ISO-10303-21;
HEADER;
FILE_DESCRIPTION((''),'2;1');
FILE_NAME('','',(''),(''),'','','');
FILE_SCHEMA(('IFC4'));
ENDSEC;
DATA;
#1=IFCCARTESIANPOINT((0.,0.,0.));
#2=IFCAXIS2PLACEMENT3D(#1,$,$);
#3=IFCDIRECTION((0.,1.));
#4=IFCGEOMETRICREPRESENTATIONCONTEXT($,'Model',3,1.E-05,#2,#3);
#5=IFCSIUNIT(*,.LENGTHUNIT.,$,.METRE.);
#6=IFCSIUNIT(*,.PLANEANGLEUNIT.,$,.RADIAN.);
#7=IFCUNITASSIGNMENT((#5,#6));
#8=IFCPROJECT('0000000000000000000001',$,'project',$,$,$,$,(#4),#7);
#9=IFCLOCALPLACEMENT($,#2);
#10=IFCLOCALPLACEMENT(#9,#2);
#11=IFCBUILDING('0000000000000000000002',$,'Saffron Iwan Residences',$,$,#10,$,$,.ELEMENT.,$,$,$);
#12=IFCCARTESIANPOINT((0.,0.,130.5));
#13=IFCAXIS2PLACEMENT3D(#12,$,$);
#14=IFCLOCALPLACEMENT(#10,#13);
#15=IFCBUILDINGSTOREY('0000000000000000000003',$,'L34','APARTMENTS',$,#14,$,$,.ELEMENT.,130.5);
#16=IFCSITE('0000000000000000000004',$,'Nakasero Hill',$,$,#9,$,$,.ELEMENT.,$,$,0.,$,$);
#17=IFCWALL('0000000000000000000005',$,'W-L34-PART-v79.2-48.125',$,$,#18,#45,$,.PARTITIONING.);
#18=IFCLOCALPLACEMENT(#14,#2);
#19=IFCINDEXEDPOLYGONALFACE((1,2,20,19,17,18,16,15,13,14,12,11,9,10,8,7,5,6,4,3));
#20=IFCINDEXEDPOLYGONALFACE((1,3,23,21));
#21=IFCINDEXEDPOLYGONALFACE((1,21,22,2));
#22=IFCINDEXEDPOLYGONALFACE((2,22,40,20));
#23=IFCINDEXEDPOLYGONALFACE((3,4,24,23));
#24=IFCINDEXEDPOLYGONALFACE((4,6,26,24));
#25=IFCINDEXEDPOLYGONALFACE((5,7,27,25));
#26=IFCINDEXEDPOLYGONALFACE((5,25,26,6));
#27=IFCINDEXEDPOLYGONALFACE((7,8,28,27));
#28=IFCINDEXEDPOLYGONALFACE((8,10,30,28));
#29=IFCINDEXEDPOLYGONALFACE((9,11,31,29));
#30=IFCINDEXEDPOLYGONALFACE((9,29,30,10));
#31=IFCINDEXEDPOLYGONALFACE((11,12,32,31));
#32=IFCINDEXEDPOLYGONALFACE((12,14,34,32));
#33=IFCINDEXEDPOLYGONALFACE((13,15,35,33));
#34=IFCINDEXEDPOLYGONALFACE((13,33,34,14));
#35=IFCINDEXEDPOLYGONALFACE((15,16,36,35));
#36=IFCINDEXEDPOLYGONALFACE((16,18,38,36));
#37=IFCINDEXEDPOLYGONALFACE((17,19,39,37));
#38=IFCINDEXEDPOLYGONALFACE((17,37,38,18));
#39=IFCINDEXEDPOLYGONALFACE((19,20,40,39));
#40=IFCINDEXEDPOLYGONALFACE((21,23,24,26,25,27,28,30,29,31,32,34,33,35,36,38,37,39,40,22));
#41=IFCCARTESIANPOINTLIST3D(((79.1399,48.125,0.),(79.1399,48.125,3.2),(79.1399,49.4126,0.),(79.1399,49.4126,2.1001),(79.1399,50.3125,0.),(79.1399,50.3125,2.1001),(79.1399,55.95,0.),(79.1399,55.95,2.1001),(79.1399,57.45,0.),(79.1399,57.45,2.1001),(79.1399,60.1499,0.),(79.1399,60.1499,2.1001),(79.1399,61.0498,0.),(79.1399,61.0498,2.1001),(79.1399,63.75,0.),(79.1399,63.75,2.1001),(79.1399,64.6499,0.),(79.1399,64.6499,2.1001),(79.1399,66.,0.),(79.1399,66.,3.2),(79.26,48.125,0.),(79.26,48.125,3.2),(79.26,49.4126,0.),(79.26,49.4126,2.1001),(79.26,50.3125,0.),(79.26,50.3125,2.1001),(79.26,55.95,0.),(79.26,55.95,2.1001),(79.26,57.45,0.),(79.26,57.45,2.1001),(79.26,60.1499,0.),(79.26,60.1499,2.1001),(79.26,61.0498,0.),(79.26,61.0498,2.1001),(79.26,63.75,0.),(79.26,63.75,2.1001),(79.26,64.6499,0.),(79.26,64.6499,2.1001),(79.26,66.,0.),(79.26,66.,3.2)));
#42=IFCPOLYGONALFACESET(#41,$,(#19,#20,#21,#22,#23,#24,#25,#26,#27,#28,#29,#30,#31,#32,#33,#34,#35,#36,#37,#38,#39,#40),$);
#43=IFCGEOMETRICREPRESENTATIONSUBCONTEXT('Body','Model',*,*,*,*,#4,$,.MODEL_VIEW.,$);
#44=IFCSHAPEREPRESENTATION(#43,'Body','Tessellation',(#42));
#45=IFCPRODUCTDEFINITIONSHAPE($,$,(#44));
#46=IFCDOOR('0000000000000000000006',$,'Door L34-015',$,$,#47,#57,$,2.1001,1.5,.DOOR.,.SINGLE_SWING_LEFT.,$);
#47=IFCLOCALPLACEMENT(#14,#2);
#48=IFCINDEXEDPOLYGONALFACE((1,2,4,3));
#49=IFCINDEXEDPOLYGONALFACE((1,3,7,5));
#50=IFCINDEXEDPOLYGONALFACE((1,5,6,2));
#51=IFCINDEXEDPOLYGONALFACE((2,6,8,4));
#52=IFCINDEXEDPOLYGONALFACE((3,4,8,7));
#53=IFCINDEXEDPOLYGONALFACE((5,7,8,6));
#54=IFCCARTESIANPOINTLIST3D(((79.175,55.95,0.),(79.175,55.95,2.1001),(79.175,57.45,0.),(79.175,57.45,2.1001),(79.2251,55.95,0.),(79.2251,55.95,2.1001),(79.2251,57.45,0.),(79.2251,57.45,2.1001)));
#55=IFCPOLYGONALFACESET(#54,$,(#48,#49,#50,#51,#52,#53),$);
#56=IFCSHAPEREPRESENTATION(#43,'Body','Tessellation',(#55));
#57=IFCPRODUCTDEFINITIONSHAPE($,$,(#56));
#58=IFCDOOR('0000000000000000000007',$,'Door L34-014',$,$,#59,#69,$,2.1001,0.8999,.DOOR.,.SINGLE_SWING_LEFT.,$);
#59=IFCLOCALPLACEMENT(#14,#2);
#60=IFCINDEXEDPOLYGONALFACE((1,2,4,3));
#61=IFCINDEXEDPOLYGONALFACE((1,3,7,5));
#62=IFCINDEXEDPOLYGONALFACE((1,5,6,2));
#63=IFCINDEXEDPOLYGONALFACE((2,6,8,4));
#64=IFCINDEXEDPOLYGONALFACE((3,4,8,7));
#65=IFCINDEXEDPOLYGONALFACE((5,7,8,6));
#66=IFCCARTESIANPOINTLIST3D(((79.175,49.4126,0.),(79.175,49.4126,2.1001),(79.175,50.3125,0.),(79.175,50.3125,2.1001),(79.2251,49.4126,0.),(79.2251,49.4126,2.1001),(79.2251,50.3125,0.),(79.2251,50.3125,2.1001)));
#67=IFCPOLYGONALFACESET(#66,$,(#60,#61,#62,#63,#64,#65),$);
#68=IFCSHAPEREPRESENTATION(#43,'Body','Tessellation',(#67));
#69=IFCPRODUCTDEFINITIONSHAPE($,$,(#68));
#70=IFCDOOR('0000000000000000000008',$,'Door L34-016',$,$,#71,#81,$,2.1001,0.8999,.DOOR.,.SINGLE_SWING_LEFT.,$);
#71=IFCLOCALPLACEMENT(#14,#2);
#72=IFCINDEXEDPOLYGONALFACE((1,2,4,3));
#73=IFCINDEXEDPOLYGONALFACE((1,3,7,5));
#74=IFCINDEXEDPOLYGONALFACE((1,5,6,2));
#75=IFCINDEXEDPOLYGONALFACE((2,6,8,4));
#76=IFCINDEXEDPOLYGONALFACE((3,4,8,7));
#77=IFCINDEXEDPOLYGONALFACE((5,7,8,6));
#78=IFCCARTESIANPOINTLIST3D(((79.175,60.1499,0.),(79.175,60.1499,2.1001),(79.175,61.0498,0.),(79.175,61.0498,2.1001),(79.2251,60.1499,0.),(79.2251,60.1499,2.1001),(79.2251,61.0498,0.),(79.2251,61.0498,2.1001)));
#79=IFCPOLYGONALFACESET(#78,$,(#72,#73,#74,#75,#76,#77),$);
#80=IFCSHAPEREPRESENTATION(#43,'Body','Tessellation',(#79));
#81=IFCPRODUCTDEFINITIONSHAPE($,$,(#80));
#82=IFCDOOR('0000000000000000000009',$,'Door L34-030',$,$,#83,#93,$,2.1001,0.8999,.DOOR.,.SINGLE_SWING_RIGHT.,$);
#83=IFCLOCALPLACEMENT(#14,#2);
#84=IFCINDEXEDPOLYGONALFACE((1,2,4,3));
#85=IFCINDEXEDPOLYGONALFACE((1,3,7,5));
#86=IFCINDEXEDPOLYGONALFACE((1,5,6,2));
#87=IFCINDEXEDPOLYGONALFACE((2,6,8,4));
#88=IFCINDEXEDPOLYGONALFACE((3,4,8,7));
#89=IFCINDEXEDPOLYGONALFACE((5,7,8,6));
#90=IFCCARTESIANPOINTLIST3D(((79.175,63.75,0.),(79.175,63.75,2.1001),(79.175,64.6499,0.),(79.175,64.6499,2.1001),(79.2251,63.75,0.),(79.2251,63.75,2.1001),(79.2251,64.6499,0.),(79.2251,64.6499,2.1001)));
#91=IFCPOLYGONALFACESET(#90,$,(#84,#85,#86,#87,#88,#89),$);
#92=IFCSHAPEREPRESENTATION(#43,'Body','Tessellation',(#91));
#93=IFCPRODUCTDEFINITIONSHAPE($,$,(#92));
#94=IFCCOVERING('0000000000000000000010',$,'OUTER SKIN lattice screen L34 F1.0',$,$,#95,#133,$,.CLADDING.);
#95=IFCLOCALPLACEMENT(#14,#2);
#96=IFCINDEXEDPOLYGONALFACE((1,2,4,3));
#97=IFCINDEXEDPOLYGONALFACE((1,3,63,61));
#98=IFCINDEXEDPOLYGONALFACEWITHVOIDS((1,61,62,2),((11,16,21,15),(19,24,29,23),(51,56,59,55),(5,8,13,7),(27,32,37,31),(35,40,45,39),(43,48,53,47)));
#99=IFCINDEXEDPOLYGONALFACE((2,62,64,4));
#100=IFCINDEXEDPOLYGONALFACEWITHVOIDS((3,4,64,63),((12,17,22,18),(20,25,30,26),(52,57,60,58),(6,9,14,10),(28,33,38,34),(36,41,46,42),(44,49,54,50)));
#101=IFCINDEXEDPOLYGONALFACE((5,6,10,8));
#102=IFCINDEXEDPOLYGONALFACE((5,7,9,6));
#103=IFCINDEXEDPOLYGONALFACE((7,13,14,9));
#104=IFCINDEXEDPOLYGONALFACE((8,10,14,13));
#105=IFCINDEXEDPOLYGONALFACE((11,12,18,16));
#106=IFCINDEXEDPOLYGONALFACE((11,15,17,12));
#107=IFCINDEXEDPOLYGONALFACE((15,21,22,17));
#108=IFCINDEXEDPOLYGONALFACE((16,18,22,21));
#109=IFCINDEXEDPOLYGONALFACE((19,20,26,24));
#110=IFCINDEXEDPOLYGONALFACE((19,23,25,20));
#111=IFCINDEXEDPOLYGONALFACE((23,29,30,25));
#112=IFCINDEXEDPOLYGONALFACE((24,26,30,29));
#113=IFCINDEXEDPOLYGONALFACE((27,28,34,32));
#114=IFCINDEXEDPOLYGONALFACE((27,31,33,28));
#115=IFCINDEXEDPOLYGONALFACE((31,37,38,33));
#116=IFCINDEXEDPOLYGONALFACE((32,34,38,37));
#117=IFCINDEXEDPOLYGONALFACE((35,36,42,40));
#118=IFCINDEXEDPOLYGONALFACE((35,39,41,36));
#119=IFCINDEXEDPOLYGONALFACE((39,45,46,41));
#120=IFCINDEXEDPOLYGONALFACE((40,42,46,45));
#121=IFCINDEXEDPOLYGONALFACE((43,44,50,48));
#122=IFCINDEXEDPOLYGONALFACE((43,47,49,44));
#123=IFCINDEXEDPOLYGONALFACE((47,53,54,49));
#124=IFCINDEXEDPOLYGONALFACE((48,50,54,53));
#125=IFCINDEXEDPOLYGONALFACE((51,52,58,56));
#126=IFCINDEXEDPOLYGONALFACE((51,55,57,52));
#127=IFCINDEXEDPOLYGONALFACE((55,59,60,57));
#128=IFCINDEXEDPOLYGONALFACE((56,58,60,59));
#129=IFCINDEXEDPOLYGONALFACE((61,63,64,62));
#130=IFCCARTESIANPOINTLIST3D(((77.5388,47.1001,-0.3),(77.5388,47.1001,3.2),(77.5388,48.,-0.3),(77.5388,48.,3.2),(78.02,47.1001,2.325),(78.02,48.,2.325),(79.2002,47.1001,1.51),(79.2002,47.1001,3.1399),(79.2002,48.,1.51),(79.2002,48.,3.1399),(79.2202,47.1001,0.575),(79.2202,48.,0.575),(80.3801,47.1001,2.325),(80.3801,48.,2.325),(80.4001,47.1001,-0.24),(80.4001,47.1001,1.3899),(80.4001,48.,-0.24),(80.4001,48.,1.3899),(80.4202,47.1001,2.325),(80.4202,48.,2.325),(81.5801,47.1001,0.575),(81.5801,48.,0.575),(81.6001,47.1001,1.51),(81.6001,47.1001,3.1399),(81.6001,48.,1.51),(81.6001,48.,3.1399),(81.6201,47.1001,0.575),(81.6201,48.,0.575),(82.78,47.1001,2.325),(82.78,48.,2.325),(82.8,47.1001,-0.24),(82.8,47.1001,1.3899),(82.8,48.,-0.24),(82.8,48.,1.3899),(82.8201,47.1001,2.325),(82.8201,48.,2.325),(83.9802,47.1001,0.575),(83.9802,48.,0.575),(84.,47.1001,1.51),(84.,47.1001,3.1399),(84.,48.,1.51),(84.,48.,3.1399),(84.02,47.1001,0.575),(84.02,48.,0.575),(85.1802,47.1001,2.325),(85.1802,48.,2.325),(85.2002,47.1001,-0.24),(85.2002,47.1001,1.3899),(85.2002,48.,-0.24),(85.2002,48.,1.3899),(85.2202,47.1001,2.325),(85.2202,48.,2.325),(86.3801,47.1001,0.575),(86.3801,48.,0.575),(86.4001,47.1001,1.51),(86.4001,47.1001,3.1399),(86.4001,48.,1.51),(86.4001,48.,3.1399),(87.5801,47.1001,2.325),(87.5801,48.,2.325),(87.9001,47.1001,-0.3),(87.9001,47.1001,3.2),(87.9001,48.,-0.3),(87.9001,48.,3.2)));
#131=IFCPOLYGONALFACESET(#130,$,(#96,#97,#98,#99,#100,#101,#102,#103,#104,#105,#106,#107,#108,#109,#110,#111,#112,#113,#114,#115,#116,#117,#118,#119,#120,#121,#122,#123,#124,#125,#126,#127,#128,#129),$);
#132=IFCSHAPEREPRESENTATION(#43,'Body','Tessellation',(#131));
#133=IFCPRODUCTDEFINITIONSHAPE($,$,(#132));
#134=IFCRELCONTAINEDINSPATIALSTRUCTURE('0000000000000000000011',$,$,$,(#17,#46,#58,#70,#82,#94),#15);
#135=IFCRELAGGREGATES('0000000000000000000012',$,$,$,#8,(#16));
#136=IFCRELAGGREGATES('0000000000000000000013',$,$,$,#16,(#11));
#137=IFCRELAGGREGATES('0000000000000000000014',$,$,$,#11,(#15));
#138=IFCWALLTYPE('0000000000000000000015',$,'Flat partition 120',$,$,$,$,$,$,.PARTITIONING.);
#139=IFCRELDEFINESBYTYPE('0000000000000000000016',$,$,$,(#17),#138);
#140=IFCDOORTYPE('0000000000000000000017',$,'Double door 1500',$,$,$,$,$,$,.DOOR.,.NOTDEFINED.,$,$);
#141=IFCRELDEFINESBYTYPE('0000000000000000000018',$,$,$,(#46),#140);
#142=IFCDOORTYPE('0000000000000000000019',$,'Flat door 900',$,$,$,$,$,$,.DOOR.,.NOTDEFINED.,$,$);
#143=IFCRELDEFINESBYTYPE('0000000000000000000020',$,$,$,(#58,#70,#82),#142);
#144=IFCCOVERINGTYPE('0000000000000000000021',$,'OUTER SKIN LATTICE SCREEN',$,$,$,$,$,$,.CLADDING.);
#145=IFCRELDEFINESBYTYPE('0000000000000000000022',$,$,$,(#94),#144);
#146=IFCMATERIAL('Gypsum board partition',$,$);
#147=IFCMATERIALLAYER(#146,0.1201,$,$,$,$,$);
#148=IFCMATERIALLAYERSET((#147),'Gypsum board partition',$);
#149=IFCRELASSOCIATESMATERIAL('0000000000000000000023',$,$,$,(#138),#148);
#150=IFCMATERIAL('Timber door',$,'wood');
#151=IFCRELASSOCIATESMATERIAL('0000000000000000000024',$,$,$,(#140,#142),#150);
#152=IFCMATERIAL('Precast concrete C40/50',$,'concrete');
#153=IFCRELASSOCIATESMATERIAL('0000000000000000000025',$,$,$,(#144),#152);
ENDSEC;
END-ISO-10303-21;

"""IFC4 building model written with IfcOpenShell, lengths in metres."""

from ifc_helpers import new_model, si_unit, direction, frame, frame_2d, origin, place, context, subcontext, project, spatial, polyline, rectangle, outline, extrude, material, layer, layer_set, type_object, element, fill, save


model = new_model("IFC4")

# Units and contexts
model_context = context("Model", 3, precision=1e-05, world=origin(), true_north=direction((0.0, 1.0)))
body_context = subcontext(model_context, "Body", "Model", "MODEL_VIEW")
ifc_project = project(units=[si_unit("LENGTHUNIT", "METRE"), si_unit("PLANEANGLEUNIT", "RADIAN")], contexts=[model_context])

# Site, building, storey
site_placement = place(None, origin())
site = spatial("IfcSite", under=ifc_project, at=site_placement, Name="Nakasero Hill", CompositionType="ELEMENT", RefElevation=0.0)
building_placement = place(site_placement, origin())
building = spatial("IfcBuilding", under=site, at=building_placement, Name="Saffron Iwan Residences", CompositionType="ELEMENT")
storey_placement = place(building_placement, frame((0.0, 0.0, 130.5)))
storey = spatial("IfcBuildingStorey", under=building, at=storey_placement, Name="L34", Description="APARTMENTS", CompositionType="ELEMENT", Elevation=130.5)

# Shared definitions
ifc_material_1 = material(Name="Gypsum board partition")
ifc_layer_1 = layer(ifc_material_1, 0.1201)
ifc_layer_set_1 = layer_set([ifc_layer_1], Name="Gypsum board partition")
wall_type_1 = type_object("IfcWallType", Name="Flat partition 120", PredefinedType="PARTITIONING", material=ifc_layer_set_1)

# Wall, openings, doors
wall_1_placement = place(storey_placement, frame((79.2, 48.125, 0.0), z_axis=(0.0, 0.0, 1.0), x_axis=(0.0, 1.0, 0.0)))
wall_1 = element("IfcWall", 1, at=wall_1_placement, inside=storey, type_object=wall_type_1, Name="W-L34-PART-v79.2-48.125", PredefinedType="PARTITIONING", context=body_context, shape_type="SweptSolid", body=[
    extrude(rectangle(XDim=17.875, YDim=0.1201, at=frame_2d((8.9375, 0.0))), origin(), (0.0, 0.0, 1.0), 3.2),
])
opening_1_placement = place(wall_1_placement, frame((1.2876, 0.0, 0.0)))
opening_1 = element("IfcOpeningElement", 2, at=opening_1_placement, cuts=wall_1, PredefinedType="OPENING", context=body_context, shape_type="SweptSolid", body=[
    extrude(rectangle(XDim=0.8999, YDim=2.1001, at=frame_2d((0.45, 1.05))), frame((0.0, 0.0701, 0.0), z_axis=(0.0, -1.0, 0.0), x_axis=(1.0, 0.0, 0.0)), (0.0, 0.0, 1.0), 0.1401),
])
opening_2_placement = place(wall_1_placement, frame((7.825, 0.0, 0.0)))
opening_2 = element("IfcOpeningElement", 3, at=opening_2_placement, cuts=wall_1, PredefinedType="OPENING", context=body_context, shape_type="SweptSolid", body=[
    extrude(rectangle(XDim=1.5, YDim=2.1001, at=frame_2d((0.75, 1.05))), frame((0.0, 0.0701, 0.0), z_axis=(0.0, -1.0, 0.0), x_axis=(1.0, 0.0, 0.0)), (0.0, 0.0, 1.0), 0.1401),
])
opening_3_placement = place(wall_1_placement, frame((12.0249, 0.0, 0.0)))
opening_3 = element("IfcOpeningElement", 4, at=opening_3_placement, cuts=wall_1, PredefinedType="OPENING", context=body_context, shape_type="SweptSolid", body=[
    extrude(rectangle(XDim=0.8999, YDim=2.1001, at=frame_2d((0.45, 1.05))), frame((0.0, 0.0701, 0.0), z_axis=(0.0, -1.0, 0.0), x_axis=(1.0, 0.0, 0.0)), (0.0, 0.0, 1.0), 0.1401),
])
opening_4_placement = place(wall_1_placement, frame((15.625, 0.0, 0.0)))
opening_4 = element("IfcOpeningElement", 5, at=opening_4_placement, cuts=wall_1, PredefinedType="OPENING", context=body_context, shape_type="SweptSolid", body=[
    extrude(rectangle(XDim=0.8999, YDim=2.1001, at=frame_2d((0.45, 1.05))), frame((0.0, 0.0701, 0.0), z_axis=(0.0, -1.0, 0.0), x_axis=(1.0, 0.0, 0.0)), (0.0, 0.0, 1.0), 0.1401),
])
ifc_material_2 = material(Name="Timber door", Category="wood")
door_type_1 = type_object("IfcDoorType", Name="Double door 1500", OperationType="NOTDEFINED", PredefinedType="DOOR", material=ifc_material_2)
door_1_placement = place(opening_2_placement, origin())
door_1 = element("IfcDoor", 6, at=door_1_placement, inside=storey, type_object=door_type_1, Name="Door L34-015", OperationType="SINGLE_SWING_LEFT", OverallHeight=2.1001, OverallWidth=1.5, PredefinedType="DOOR", context=body_context, shape_type="SweptSolid", body=[
    extrude(rectangle(XDim=1.5, YDim=2.1001, at=frame_2d((0.75, 1.05))), frame((0.0, 0.0249, 0.0), z_axis=(0.0, -1.0, 0.0), x_axis=(1.0, 0.0, 0.0)), (0.0, 0.0, 1.0), 0.05),
])
fill(opening_2, door_1)
door_type_2 = type_object("IfcDoorType", Name="Flat door 900", OperationType="NOTDEFINED", PredefinedType="DOOR", material=ifc_material_2)
door_2_placement = place(opening_1_placement, origin())
door_2 = element("IfcDoor", 7, at=door_2_placement, inside=storey, type_object=door_type_2, Name="Door L34-014", OperationType="SINGLE_SWING_LEFT", OverallHeight=2.1001, OverallWidth=0.8999, PredefinedType="DOOR", context=body_context, shape_type="SweptSolid", body=[
    extrude(rectangle(XDim=0.8999, YDim=2.1001, at=frame_2d((0.45, 1.05))), frame((0.0, 0.0249, 0.0), z_axis=(0.0, -1.0, 0.0), x_axis=(1.0, 0.0, 0.0)), (0.0, 0.0, 1.0), 0.05),
])
fill(opening_1, door_2)
door_3_placement = place(opening_3_placement, origin())
door_3 = element("IfcDoor", 8, at=door_3_placement, inside=storey, type_object=door_type_2, Name="Door L34-016", OperationType="SINGLE_SWING_LEFT", OverallHeight=2.1001, OverallWidth=0.8999, PredefinedType="DOOR", context=body_context, shape_type="SweptSolid", body=[
    extrude(rectangle(XDim=0.8999, YDim=2.1001, at=frame_2d((0.45, 1.05))), frame((0.0, 0.0249, 0.0), z_axis=(0.0, -1.0, 0.0), x_axis=(1.0, 0.0, 0.0)), (0.0, 0.0, 1.0), 0.05),
])
fill(opening_3, door_3)
door_4_placement = place(opening_4_placement, origin())
door_4 = element("IfcDoor", 9, at=door_4_placement, inside=storey, type_object=door_type_2, Name="Door L34-030", OperationType="SINGLE_SWING_RIGHT", OverallHeight=2.1001, OverallWidth=0.8999, PredefinedType="DOOR", context=body_context, shape_type="SweptSolid", body=[
    extrude(rectangle(XDim=0.8999, YDim=2.1001, at=frame_2d((0.45, 1.05))), frame((0.0, 0.0249, 0.0), z_axis=(0.0, -1.0, 0.0), x_axis=(1.0, 0.0, 0.0)), (0.0, 0.0, 1.0), 0.05),
])
fill(opening_4, door_4)

# Covering
ifc_material_3 = material(Name="Precast concrete C40/50", Category="concrete")
covering_type = type_object("IfcCoveringType", Name="OUTER SKIN LATTICE SCREEN", PredefinedType="CLADDING", material=ifc_material_3)
covering_placement = place(storey_placement, frame((77.5388, 48.0, -0.3), z_axis=(0.0, -1.0, 0.0), x_axis=(1.0, 0.0, 0.0)))
element("IfcCovering", 10, at=covering_placement, inside=storey, type_object=covering_type, Name="OUTER SKIN lattice screen L34 F1.0", PredefinedType="CLADDING", context=body_context, shape_type="SweptSolid", body=[
    extrude(outline(polyline([(0.0, 0.0), (10.3613, 0.0), (10.3613, 3.5), (0.0, 3.5), (0.0, 0.0)]), holes=[polyline([(1.6814, 0.875), (2.8613, 0.0601), (4.0413, 0.875), (2.8613, 1.6899), (1.6814, 0.875)]), polyline([(4.0813, 0.875), (5.2612, 0.0601), (6.4414, 0.875), (5.2612, 1.6899), (4.0813, 0.875)]), polyline([(6.4812, 0.875), (7.6614, 0.0601), (8.8413, 0.875), (7.6614, 1.6899), (6.4812, 0.875)]), polyline([(0.4812, 2.625), (1.6614, 1.8101), (2.8413, 2.625), (1.6614, 3.4399), (0.4812, 2.625)]), polyline([(2.8813, 2.625), (4.0613, 1.8101), (5.2412, 2.625), (4.0613, 3.4399), (2.8813, 2.625)]), polyline([(5.2812, 2.625), (6.4612, 1.8101), (7.6414, 2.625), (6.4612, 3.4399), (5.2812, 2.625)]), polyline([(7.6814, 2.625), (8.8613, 1.8101), (10.0413, 2.625), (8.8613, 3.4399), (7.6814, 2.625)])]), origin(), (0.0, 0.0, 1.0), 0.8999),
])

save(model, "model.ifc")
